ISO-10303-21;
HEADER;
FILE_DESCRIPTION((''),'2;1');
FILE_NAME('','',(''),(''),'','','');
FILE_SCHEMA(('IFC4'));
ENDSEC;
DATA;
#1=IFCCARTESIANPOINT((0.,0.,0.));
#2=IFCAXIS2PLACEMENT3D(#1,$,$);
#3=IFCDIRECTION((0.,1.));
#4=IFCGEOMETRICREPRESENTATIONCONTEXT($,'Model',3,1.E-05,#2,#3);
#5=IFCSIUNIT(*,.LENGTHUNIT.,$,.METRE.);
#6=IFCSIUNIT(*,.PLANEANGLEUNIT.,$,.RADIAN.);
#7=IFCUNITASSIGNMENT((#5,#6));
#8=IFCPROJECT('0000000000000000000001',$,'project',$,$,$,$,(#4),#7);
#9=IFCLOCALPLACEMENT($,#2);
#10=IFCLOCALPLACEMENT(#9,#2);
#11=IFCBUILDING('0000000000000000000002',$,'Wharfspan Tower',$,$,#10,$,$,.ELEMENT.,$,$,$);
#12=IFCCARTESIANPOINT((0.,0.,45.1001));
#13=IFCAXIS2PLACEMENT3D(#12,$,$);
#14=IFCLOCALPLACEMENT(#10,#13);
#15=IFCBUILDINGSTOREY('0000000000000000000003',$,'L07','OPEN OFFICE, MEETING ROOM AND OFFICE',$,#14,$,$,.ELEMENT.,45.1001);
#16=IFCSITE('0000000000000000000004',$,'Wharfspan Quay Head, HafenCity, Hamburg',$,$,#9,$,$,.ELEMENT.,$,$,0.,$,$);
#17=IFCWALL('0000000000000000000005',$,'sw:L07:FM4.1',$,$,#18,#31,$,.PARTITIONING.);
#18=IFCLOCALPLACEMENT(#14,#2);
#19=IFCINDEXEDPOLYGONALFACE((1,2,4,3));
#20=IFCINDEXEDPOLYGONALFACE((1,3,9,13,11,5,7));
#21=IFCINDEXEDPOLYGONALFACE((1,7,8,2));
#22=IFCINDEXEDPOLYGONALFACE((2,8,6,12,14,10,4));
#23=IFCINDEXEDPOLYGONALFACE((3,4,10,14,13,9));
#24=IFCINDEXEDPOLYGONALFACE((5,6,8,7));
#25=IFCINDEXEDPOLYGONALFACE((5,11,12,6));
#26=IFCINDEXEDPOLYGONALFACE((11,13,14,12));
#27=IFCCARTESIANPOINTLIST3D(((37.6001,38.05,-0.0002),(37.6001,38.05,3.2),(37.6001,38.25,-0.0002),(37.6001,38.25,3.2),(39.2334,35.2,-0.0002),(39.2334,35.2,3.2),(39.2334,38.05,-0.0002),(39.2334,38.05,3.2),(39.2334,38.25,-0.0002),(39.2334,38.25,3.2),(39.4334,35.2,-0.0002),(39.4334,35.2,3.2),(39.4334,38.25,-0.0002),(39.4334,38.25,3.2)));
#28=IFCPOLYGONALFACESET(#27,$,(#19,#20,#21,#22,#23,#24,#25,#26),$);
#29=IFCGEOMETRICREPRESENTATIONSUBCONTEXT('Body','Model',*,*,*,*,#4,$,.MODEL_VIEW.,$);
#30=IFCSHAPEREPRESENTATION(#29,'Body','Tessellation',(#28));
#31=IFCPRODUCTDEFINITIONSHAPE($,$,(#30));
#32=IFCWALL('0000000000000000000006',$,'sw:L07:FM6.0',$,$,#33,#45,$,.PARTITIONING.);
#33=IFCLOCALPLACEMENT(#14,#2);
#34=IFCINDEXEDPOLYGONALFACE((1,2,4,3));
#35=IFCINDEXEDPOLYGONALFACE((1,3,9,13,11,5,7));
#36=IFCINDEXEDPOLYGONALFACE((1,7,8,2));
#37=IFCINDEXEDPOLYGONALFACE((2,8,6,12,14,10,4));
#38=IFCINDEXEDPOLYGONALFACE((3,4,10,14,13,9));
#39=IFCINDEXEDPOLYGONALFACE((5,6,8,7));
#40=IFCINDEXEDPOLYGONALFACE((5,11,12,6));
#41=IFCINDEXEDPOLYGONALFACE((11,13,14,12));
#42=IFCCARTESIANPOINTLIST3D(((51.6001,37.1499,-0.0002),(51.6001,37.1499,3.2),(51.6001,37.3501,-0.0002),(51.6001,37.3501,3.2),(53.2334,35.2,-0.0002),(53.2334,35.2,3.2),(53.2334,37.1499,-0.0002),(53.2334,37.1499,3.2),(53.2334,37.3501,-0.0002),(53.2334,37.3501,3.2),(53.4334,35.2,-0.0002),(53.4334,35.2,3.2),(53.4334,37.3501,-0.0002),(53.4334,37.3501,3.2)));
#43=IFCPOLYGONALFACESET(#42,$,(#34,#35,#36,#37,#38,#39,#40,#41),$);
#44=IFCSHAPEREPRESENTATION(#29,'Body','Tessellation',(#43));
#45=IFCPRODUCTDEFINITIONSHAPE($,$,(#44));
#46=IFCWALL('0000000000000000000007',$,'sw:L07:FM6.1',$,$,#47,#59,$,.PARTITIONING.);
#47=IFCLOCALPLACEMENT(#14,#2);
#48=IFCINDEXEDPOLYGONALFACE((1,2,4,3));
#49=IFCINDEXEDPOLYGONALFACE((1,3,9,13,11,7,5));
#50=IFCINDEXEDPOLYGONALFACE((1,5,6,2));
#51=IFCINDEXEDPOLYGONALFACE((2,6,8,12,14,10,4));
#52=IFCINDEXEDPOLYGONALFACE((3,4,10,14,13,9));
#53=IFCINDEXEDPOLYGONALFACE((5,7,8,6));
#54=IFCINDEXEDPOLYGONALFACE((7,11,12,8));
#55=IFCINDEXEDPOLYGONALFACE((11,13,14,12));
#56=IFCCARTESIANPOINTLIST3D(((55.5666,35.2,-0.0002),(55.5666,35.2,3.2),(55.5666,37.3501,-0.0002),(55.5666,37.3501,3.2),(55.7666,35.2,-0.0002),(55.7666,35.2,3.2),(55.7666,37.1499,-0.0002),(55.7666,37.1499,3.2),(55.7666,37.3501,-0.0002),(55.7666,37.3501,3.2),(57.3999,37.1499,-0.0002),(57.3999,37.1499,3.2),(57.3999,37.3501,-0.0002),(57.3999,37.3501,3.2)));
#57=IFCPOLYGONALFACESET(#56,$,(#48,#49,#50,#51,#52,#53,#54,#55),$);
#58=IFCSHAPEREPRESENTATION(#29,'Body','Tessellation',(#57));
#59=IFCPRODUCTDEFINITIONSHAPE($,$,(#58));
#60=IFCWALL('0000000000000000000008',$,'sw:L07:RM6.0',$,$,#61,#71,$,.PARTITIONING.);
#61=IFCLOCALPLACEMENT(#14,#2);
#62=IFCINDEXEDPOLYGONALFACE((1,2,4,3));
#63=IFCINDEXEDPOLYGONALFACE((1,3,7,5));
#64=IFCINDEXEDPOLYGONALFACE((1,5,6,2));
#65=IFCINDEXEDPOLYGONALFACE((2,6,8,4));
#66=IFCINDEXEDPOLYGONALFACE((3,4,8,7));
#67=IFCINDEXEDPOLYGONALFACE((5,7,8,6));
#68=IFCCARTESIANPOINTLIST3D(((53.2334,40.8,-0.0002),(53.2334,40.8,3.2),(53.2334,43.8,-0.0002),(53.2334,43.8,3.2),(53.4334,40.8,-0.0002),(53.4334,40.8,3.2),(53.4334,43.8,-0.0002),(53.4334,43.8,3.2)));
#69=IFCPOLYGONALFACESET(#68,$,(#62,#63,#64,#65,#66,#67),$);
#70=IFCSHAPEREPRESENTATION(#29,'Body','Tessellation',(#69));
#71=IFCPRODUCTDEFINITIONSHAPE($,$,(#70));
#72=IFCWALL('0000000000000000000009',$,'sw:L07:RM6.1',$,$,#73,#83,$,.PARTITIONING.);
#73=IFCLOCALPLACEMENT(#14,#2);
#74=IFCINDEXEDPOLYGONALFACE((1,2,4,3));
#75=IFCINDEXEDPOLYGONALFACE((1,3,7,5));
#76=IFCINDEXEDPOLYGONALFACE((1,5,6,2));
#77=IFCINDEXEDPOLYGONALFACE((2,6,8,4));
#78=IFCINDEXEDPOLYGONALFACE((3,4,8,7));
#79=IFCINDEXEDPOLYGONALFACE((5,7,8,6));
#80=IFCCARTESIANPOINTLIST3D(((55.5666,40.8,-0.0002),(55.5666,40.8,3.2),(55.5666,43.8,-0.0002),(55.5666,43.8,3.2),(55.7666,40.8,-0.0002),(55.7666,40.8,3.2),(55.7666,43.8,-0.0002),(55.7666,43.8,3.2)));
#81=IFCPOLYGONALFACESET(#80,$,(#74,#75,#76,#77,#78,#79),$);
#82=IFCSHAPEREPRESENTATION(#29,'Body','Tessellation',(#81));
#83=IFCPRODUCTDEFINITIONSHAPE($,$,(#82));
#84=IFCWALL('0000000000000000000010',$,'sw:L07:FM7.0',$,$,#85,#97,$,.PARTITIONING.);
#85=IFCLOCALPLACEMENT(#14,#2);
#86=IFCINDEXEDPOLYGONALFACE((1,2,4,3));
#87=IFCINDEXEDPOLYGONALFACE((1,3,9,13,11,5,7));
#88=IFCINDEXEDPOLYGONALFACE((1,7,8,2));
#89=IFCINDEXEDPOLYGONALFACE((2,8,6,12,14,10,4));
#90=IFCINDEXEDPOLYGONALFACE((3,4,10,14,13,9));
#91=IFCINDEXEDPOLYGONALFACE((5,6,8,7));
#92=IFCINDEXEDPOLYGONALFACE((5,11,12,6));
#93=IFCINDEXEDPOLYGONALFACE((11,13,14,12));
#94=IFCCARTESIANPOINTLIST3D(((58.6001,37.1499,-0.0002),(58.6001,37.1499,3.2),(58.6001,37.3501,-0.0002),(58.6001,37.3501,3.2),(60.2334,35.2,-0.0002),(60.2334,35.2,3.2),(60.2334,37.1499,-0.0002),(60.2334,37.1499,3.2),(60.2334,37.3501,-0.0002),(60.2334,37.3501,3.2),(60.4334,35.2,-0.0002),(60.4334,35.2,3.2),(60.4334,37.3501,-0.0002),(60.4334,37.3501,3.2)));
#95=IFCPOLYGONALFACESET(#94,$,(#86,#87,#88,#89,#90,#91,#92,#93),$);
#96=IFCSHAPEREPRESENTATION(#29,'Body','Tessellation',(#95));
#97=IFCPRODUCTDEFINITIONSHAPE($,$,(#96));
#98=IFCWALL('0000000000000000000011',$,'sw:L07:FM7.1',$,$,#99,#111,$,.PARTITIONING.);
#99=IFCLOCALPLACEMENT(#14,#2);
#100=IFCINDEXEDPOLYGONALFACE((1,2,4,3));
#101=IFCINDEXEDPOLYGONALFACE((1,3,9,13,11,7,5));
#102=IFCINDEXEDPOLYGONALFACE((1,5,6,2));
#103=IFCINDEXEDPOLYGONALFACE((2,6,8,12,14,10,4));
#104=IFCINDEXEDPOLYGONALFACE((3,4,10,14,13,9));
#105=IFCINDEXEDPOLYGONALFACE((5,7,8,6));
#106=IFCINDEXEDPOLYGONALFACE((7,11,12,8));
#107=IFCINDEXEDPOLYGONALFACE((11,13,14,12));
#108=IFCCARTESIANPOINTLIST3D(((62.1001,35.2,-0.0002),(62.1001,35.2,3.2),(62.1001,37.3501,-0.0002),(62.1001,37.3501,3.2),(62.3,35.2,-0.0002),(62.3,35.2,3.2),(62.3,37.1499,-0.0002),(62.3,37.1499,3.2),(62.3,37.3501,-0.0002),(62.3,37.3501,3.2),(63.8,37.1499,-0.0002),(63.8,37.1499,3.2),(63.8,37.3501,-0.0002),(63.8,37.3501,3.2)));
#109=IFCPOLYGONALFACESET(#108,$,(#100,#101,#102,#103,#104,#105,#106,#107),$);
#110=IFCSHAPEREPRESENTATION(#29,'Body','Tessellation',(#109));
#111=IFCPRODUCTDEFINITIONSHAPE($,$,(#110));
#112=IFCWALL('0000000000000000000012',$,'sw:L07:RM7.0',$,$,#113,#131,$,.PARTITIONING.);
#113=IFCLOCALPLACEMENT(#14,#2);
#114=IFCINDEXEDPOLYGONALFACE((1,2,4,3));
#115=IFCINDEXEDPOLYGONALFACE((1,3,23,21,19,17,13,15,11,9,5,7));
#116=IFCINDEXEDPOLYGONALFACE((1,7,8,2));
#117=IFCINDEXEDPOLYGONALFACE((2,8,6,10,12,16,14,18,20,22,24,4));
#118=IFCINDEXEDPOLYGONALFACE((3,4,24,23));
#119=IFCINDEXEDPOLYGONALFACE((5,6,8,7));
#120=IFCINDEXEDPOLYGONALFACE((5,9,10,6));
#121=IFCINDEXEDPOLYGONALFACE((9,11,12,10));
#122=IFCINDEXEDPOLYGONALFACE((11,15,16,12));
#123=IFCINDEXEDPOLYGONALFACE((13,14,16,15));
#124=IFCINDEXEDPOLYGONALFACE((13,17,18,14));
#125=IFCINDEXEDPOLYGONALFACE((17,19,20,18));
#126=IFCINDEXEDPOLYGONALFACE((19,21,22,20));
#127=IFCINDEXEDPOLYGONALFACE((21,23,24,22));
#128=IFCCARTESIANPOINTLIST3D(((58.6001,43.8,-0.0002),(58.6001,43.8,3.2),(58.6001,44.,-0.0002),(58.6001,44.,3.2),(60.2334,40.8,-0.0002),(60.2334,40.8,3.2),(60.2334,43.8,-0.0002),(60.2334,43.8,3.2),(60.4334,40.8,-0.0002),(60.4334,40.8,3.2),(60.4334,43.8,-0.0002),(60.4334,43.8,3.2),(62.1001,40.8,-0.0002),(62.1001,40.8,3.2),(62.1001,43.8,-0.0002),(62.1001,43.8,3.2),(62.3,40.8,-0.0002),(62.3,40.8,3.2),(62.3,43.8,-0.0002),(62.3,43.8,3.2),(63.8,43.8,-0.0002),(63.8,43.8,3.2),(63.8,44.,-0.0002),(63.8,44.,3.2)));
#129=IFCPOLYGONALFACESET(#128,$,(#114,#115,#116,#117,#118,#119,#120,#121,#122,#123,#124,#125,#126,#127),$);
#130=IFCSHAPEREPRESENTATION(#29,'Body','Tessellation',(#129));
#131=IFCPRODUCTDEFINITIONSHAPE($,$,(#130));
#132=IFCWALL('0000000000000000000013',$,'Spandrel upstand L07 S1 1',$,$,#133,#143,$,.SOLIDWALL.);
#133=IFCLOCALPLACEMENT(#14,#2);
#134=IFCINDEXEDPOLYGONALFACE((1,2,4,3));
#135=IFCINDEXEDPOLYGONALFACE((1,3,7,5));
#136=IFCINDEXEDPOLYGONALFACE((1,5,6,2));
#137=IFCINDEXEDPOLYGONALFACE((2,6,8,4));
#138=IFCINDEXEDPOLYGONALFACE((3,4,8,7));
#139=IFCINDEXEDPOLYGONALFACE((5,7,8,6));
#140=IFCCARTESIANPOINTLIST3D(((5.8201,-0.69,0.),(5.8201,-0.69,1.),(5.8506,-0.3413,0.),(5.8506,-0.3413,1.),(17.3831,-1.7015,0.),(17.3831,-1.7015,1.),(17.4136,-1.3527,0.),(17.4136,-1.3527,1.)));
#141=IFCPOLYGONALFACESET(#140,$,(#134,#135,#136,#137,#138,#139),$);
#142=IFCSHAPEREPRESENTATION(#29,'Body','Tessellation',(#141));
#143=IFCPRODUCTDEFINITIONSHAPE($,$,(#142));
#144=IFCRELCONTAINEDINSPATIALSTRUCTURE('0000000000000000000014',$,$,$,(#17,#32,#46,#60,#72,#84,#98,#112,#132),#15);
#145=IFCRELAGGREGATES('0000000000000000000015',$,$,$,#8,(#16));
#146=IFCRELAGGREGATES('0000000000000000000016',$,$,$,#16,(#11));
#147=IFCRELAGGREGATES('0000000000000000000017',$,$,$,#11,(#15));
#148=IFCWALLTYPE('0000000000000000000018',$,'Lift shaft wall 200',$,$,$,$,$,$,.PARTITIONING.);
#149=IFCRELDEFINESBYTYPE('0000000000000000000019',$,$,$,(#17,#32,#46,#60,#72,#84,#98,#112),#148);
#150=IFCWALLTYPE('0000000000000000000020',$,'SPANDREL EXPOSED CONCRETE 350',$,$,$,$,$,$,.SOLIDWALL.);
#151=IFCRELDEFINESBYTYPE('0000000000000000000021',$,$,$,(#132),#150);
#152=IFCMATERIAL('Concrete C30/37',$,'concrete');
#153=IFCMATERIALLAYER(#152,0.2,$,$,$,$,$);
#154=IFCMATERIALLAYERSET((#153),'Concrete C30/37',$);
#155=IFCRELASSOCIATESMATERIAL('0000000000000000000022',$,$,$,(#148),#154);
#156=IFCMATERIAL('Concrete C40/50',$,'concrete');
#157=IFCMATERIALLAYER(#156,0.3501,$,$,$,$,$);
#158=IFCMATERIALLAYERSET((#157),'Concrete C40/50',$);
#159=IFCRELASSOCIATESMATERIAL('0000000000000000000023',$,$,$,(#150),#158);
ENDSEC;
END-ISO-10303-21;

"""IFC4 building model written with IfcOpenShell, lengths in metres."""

from ifc_helpers import new_model, si_unit, direction, frame, frame_2d, origin, place, context, subcontext, project, spatial, polyline, rectangle, outline, extrude, material, layer, layer_set, type_object, element, save


model = new_model("IFC4")

# Units and contexts
model_context = context("Model", 3, precision=1e-05, world=origin(), true_north=direction((0.0, 1.0)))
body_context = subcontext(model_context, "Body", "Model", "MODEL_VIEW")
ifc_project = project(units=[si_unit("LENGTHUNIT", "METRE"), si_unit("PLANEANGLEUNIT", "RADIAN")], contexts=[model_context])

# Site, building, storey
site_placement = place(None, origin())
site = spatial("IfcSite", under=ifc_project, at=site_placement, Name="Wharfspan Quay Head, HafenCity, Hamburg", CompositionType="ELEMENT", RefElevation=0.0)
building_placement = place(site_placement, origin())
building = spatial("IfcBuilding", under=site, at=building_placement, Name="Wharfspan Tower", CompositionType="ELEMENT")
storey_placement = place(building_placement, frame((0.0, 0.0, 45.1001)))
storey = spatial("IfcBuildingStorey", under=building, at=storey_placement, Name="L07", Description="OPEN OFFICE, MEETING ROOM AND OFFICE", CompositionType="ELEMENT", Elevation=45.1001)

# Shared definitions
ifc_material_1 = material(Name="Concrete C40/50", Category="concrete")

# Walls
ifc_material_2 = material(Name="Concrete C30/37", Category="concrete")
ifc_layer_1 = layer(ifc_material_2, 0.2)
ifc_layer_set_1 = layer_set([ifc_layer_1], Name="Concrete C30/37")
wall_type_1 = type_object("IfcWallType", Name="Lift shaft wall 200", PredefinedType="PARTITIONING", material=ifc_layer_set_1)
wall_1_placement = place(storey_placement, frame((0.0, 0.0, -0.0002)))
element("IfcWall", 1, at=wall_1_placement, inside=storey, type_object=wall_type_1, Name="sw:L07:FM4.1", PredefinedType="PARTITIONING", context=body_context, shape_type="SweptSolid", body=[
    extrude(outline(polyline([(39.2334, 38.05), (37.6001, 38.05), (37.6001, 38.25), (39.2334, 38.25), (39.4333, 38.25), (39.4333, 35.2), (39.2334, 35.2), (39.2334, 38.05)])), origin(), (0.0, 0.0, 1.0), 3.2002),
])
wall_2_placement = place(storey_placement, frame((0.0, 0.0, -0.0002)))
element("IfcWall", 2, at=wall_2_placement, inside=storey, type_object=wall_type_1, Name="sw:L07:FM6.0", PredefinedType="PARTITIONING", context=body_context, shape_type="SweptSolid", body=[
    extrude(outline(polyline([(53.2334, 37.1499), (51.6001, 37.1499), (51.6001, 37.3501), (53.2334, 37.3501), (53.4333, 37.3501), (53.4333, 35.2), (53.2334, 35.2), (53.2334, 37.1499)])), origin(), (0.0, 0.0, 1.0), 3.2002),
])
wall_3_placement = place(storey_placement, frame((0.0, 0.0, -0.0002)))
element("IfcWall", 3, at=wall_3_placement, inside=storey, type_object=wall_type_1, Name="sw:L07:FM6.1", PredefinedType="PARTITIONING", context=body_context, shape_type="SweptSolid", body=[
    extrude(outline(polyline([(55.5667, 37.3501), (55.7666, 37.3501), (57.3999, 37.3501), (57.3999, 37.1499), (55.7666, 37.1499), (55.7666, 35.2), (55.5667, 35.2), (55.5667, 37.3501)])), origin(), (0.0, 0.0, 1.0), 3.2002),
])
wall_4_placement = place(storey_placement, frame((0.0, 0.0, -0.0002)))
element("IfcWall", 4, at=wall_4_placement, inside=storey, type_object=wall_type_1, Name="sw:L07:RM6.0", PredefinedType="PARTITIONING", context=body_context, shape_type="SweptSolid", body=[
    extrude(outline(polyline([(53.2334, 40.8), (53.2334, 43.8), (53.4333, 43.8), (53.4333, 40.8), (53.2334, 40.8)])), origin(), (0.0, 0.0, 1.0), 3.2002),
])
wall_5_placement = place(storey_placement, frame((0.0, 0.0, -0.0002)))
element("IfcWall", 5, at=wall_5_placement, inside=storey, type_object=wall_type_1, Name="sw:L07:RM6.1", PredefinedType="PARTITIONING", context=body_context, shape_type="SweptSolid", body=[
    extrude(outline(polyline([(55.5667, 40.8), (55.5667, 43.8), (55.7666, 43.8), (55.7666, 40.8), (55.5667, 40.8)])), origin(), (0.0, 0.0, 1.0), 3.2002),
])
wall_6_placement = place(storey_placement, frame((0.0, 0.0, -0.0002)))
element("IfcWall", 6, at=wall_6_placement, inside=storey, type_object=wall_type_1, Name="sw:L07:FM7.0", PredefinedType="PARTITIONING", context=body_context, shape_type="SweptSolid", body=[
    extrude(outline(polyline([(60.2334, 37.1499), (58.6001, 37.1499), (58.6001, 37.3501), (60.2334, 37.3501), (60.4333, 37.3501), (60.4333, 35.2), (60.2334, 35.2), (60.2334, 37.1499)])), origin(), (0.0, 0.0, 1.0), 3.2002),
])
wall_7_placement = place(storey_placement, frame((0.0, 0.0, -0.0002)))
element("IfcWall", 7, at=wall_7_placement, inside=storey, type_object=wall_type_1, Name="sw:L07:FM7.1", PredefinedType="PARTITIONING", context=body_context, shape_type="SweptSolid", body=[
    extrude(outline(polyline([(62.1001, 37.3501), (62.3, 37.3501), (63.8, 37.3501), (63.8, 37.1499), (62.3, 37.1499), (62.3, 35.2), (62.1001, 35.2), (62.1001, 37.3501)])), origin(), (0.0, 0.0, 1.0), 3.2002),
])
wall_8_placement = place(storey_placement, frame((0.0, 0.0, -0.0002)))
element("IfcWall", 8, at=wall_8_placement, inside=storey, type_object=wall_type_1, Name="sw:L07:RM7.0", PredefinedType="PARTITIONING", context=body_context, shape_type="SweptSolid", body=[
    extrude(outline(polyline([(60.4333, 40.8), (60.2334, 40.8), (60.2334, 43.8), (58.6001, 43.8), (58.6001, 44.0), (63.8, 44.0), (63.8, 43.8), (62.3, 43.8), (62.3, 40.8), (62.1001, 40.8), (62.1001, 43.8), (60.4333, 43.8), (60.4333, 40.8)])), origin(), (0.0, 0.0, 1.0), 3.2002),
])
ifc_layer_2 = layer(ifc_material_1, 0.3501)
ifc_layer_set_2 = layer_set([ifc_layer_2], Name="Concrete C40/50")
wall_type_2 = type_object("IfcWallType", Name="SPANDREL EXPOSED CONCRETE 350", PredefinedType="SOLIDWALL", material=ifc_layer_set_2)
wall_9_placement = place(storey_placement, frame((5.8352, -0.5156, 0.0), z_axis=(0.0, 0.0, 1.0), x_axis=(0.996192, -0.087142, 0.0)))
element("IfcWall", 9, at=wall_9_placement, inside=storey, type_object=wall_type_2, Name="Spandrel upstand L07 S1 1", PredefinedType="SOLIDWALL", context=body_context, shape_type="SweptSolid", body=[
    extrude(rectangle(XDim=11.6072, YDim=0.3501, at=frame_2d((5.8037, 0.0))), origin(), (0.0, 0.0, 1.0), 1.0),
])

save(model, "model.ifc")
